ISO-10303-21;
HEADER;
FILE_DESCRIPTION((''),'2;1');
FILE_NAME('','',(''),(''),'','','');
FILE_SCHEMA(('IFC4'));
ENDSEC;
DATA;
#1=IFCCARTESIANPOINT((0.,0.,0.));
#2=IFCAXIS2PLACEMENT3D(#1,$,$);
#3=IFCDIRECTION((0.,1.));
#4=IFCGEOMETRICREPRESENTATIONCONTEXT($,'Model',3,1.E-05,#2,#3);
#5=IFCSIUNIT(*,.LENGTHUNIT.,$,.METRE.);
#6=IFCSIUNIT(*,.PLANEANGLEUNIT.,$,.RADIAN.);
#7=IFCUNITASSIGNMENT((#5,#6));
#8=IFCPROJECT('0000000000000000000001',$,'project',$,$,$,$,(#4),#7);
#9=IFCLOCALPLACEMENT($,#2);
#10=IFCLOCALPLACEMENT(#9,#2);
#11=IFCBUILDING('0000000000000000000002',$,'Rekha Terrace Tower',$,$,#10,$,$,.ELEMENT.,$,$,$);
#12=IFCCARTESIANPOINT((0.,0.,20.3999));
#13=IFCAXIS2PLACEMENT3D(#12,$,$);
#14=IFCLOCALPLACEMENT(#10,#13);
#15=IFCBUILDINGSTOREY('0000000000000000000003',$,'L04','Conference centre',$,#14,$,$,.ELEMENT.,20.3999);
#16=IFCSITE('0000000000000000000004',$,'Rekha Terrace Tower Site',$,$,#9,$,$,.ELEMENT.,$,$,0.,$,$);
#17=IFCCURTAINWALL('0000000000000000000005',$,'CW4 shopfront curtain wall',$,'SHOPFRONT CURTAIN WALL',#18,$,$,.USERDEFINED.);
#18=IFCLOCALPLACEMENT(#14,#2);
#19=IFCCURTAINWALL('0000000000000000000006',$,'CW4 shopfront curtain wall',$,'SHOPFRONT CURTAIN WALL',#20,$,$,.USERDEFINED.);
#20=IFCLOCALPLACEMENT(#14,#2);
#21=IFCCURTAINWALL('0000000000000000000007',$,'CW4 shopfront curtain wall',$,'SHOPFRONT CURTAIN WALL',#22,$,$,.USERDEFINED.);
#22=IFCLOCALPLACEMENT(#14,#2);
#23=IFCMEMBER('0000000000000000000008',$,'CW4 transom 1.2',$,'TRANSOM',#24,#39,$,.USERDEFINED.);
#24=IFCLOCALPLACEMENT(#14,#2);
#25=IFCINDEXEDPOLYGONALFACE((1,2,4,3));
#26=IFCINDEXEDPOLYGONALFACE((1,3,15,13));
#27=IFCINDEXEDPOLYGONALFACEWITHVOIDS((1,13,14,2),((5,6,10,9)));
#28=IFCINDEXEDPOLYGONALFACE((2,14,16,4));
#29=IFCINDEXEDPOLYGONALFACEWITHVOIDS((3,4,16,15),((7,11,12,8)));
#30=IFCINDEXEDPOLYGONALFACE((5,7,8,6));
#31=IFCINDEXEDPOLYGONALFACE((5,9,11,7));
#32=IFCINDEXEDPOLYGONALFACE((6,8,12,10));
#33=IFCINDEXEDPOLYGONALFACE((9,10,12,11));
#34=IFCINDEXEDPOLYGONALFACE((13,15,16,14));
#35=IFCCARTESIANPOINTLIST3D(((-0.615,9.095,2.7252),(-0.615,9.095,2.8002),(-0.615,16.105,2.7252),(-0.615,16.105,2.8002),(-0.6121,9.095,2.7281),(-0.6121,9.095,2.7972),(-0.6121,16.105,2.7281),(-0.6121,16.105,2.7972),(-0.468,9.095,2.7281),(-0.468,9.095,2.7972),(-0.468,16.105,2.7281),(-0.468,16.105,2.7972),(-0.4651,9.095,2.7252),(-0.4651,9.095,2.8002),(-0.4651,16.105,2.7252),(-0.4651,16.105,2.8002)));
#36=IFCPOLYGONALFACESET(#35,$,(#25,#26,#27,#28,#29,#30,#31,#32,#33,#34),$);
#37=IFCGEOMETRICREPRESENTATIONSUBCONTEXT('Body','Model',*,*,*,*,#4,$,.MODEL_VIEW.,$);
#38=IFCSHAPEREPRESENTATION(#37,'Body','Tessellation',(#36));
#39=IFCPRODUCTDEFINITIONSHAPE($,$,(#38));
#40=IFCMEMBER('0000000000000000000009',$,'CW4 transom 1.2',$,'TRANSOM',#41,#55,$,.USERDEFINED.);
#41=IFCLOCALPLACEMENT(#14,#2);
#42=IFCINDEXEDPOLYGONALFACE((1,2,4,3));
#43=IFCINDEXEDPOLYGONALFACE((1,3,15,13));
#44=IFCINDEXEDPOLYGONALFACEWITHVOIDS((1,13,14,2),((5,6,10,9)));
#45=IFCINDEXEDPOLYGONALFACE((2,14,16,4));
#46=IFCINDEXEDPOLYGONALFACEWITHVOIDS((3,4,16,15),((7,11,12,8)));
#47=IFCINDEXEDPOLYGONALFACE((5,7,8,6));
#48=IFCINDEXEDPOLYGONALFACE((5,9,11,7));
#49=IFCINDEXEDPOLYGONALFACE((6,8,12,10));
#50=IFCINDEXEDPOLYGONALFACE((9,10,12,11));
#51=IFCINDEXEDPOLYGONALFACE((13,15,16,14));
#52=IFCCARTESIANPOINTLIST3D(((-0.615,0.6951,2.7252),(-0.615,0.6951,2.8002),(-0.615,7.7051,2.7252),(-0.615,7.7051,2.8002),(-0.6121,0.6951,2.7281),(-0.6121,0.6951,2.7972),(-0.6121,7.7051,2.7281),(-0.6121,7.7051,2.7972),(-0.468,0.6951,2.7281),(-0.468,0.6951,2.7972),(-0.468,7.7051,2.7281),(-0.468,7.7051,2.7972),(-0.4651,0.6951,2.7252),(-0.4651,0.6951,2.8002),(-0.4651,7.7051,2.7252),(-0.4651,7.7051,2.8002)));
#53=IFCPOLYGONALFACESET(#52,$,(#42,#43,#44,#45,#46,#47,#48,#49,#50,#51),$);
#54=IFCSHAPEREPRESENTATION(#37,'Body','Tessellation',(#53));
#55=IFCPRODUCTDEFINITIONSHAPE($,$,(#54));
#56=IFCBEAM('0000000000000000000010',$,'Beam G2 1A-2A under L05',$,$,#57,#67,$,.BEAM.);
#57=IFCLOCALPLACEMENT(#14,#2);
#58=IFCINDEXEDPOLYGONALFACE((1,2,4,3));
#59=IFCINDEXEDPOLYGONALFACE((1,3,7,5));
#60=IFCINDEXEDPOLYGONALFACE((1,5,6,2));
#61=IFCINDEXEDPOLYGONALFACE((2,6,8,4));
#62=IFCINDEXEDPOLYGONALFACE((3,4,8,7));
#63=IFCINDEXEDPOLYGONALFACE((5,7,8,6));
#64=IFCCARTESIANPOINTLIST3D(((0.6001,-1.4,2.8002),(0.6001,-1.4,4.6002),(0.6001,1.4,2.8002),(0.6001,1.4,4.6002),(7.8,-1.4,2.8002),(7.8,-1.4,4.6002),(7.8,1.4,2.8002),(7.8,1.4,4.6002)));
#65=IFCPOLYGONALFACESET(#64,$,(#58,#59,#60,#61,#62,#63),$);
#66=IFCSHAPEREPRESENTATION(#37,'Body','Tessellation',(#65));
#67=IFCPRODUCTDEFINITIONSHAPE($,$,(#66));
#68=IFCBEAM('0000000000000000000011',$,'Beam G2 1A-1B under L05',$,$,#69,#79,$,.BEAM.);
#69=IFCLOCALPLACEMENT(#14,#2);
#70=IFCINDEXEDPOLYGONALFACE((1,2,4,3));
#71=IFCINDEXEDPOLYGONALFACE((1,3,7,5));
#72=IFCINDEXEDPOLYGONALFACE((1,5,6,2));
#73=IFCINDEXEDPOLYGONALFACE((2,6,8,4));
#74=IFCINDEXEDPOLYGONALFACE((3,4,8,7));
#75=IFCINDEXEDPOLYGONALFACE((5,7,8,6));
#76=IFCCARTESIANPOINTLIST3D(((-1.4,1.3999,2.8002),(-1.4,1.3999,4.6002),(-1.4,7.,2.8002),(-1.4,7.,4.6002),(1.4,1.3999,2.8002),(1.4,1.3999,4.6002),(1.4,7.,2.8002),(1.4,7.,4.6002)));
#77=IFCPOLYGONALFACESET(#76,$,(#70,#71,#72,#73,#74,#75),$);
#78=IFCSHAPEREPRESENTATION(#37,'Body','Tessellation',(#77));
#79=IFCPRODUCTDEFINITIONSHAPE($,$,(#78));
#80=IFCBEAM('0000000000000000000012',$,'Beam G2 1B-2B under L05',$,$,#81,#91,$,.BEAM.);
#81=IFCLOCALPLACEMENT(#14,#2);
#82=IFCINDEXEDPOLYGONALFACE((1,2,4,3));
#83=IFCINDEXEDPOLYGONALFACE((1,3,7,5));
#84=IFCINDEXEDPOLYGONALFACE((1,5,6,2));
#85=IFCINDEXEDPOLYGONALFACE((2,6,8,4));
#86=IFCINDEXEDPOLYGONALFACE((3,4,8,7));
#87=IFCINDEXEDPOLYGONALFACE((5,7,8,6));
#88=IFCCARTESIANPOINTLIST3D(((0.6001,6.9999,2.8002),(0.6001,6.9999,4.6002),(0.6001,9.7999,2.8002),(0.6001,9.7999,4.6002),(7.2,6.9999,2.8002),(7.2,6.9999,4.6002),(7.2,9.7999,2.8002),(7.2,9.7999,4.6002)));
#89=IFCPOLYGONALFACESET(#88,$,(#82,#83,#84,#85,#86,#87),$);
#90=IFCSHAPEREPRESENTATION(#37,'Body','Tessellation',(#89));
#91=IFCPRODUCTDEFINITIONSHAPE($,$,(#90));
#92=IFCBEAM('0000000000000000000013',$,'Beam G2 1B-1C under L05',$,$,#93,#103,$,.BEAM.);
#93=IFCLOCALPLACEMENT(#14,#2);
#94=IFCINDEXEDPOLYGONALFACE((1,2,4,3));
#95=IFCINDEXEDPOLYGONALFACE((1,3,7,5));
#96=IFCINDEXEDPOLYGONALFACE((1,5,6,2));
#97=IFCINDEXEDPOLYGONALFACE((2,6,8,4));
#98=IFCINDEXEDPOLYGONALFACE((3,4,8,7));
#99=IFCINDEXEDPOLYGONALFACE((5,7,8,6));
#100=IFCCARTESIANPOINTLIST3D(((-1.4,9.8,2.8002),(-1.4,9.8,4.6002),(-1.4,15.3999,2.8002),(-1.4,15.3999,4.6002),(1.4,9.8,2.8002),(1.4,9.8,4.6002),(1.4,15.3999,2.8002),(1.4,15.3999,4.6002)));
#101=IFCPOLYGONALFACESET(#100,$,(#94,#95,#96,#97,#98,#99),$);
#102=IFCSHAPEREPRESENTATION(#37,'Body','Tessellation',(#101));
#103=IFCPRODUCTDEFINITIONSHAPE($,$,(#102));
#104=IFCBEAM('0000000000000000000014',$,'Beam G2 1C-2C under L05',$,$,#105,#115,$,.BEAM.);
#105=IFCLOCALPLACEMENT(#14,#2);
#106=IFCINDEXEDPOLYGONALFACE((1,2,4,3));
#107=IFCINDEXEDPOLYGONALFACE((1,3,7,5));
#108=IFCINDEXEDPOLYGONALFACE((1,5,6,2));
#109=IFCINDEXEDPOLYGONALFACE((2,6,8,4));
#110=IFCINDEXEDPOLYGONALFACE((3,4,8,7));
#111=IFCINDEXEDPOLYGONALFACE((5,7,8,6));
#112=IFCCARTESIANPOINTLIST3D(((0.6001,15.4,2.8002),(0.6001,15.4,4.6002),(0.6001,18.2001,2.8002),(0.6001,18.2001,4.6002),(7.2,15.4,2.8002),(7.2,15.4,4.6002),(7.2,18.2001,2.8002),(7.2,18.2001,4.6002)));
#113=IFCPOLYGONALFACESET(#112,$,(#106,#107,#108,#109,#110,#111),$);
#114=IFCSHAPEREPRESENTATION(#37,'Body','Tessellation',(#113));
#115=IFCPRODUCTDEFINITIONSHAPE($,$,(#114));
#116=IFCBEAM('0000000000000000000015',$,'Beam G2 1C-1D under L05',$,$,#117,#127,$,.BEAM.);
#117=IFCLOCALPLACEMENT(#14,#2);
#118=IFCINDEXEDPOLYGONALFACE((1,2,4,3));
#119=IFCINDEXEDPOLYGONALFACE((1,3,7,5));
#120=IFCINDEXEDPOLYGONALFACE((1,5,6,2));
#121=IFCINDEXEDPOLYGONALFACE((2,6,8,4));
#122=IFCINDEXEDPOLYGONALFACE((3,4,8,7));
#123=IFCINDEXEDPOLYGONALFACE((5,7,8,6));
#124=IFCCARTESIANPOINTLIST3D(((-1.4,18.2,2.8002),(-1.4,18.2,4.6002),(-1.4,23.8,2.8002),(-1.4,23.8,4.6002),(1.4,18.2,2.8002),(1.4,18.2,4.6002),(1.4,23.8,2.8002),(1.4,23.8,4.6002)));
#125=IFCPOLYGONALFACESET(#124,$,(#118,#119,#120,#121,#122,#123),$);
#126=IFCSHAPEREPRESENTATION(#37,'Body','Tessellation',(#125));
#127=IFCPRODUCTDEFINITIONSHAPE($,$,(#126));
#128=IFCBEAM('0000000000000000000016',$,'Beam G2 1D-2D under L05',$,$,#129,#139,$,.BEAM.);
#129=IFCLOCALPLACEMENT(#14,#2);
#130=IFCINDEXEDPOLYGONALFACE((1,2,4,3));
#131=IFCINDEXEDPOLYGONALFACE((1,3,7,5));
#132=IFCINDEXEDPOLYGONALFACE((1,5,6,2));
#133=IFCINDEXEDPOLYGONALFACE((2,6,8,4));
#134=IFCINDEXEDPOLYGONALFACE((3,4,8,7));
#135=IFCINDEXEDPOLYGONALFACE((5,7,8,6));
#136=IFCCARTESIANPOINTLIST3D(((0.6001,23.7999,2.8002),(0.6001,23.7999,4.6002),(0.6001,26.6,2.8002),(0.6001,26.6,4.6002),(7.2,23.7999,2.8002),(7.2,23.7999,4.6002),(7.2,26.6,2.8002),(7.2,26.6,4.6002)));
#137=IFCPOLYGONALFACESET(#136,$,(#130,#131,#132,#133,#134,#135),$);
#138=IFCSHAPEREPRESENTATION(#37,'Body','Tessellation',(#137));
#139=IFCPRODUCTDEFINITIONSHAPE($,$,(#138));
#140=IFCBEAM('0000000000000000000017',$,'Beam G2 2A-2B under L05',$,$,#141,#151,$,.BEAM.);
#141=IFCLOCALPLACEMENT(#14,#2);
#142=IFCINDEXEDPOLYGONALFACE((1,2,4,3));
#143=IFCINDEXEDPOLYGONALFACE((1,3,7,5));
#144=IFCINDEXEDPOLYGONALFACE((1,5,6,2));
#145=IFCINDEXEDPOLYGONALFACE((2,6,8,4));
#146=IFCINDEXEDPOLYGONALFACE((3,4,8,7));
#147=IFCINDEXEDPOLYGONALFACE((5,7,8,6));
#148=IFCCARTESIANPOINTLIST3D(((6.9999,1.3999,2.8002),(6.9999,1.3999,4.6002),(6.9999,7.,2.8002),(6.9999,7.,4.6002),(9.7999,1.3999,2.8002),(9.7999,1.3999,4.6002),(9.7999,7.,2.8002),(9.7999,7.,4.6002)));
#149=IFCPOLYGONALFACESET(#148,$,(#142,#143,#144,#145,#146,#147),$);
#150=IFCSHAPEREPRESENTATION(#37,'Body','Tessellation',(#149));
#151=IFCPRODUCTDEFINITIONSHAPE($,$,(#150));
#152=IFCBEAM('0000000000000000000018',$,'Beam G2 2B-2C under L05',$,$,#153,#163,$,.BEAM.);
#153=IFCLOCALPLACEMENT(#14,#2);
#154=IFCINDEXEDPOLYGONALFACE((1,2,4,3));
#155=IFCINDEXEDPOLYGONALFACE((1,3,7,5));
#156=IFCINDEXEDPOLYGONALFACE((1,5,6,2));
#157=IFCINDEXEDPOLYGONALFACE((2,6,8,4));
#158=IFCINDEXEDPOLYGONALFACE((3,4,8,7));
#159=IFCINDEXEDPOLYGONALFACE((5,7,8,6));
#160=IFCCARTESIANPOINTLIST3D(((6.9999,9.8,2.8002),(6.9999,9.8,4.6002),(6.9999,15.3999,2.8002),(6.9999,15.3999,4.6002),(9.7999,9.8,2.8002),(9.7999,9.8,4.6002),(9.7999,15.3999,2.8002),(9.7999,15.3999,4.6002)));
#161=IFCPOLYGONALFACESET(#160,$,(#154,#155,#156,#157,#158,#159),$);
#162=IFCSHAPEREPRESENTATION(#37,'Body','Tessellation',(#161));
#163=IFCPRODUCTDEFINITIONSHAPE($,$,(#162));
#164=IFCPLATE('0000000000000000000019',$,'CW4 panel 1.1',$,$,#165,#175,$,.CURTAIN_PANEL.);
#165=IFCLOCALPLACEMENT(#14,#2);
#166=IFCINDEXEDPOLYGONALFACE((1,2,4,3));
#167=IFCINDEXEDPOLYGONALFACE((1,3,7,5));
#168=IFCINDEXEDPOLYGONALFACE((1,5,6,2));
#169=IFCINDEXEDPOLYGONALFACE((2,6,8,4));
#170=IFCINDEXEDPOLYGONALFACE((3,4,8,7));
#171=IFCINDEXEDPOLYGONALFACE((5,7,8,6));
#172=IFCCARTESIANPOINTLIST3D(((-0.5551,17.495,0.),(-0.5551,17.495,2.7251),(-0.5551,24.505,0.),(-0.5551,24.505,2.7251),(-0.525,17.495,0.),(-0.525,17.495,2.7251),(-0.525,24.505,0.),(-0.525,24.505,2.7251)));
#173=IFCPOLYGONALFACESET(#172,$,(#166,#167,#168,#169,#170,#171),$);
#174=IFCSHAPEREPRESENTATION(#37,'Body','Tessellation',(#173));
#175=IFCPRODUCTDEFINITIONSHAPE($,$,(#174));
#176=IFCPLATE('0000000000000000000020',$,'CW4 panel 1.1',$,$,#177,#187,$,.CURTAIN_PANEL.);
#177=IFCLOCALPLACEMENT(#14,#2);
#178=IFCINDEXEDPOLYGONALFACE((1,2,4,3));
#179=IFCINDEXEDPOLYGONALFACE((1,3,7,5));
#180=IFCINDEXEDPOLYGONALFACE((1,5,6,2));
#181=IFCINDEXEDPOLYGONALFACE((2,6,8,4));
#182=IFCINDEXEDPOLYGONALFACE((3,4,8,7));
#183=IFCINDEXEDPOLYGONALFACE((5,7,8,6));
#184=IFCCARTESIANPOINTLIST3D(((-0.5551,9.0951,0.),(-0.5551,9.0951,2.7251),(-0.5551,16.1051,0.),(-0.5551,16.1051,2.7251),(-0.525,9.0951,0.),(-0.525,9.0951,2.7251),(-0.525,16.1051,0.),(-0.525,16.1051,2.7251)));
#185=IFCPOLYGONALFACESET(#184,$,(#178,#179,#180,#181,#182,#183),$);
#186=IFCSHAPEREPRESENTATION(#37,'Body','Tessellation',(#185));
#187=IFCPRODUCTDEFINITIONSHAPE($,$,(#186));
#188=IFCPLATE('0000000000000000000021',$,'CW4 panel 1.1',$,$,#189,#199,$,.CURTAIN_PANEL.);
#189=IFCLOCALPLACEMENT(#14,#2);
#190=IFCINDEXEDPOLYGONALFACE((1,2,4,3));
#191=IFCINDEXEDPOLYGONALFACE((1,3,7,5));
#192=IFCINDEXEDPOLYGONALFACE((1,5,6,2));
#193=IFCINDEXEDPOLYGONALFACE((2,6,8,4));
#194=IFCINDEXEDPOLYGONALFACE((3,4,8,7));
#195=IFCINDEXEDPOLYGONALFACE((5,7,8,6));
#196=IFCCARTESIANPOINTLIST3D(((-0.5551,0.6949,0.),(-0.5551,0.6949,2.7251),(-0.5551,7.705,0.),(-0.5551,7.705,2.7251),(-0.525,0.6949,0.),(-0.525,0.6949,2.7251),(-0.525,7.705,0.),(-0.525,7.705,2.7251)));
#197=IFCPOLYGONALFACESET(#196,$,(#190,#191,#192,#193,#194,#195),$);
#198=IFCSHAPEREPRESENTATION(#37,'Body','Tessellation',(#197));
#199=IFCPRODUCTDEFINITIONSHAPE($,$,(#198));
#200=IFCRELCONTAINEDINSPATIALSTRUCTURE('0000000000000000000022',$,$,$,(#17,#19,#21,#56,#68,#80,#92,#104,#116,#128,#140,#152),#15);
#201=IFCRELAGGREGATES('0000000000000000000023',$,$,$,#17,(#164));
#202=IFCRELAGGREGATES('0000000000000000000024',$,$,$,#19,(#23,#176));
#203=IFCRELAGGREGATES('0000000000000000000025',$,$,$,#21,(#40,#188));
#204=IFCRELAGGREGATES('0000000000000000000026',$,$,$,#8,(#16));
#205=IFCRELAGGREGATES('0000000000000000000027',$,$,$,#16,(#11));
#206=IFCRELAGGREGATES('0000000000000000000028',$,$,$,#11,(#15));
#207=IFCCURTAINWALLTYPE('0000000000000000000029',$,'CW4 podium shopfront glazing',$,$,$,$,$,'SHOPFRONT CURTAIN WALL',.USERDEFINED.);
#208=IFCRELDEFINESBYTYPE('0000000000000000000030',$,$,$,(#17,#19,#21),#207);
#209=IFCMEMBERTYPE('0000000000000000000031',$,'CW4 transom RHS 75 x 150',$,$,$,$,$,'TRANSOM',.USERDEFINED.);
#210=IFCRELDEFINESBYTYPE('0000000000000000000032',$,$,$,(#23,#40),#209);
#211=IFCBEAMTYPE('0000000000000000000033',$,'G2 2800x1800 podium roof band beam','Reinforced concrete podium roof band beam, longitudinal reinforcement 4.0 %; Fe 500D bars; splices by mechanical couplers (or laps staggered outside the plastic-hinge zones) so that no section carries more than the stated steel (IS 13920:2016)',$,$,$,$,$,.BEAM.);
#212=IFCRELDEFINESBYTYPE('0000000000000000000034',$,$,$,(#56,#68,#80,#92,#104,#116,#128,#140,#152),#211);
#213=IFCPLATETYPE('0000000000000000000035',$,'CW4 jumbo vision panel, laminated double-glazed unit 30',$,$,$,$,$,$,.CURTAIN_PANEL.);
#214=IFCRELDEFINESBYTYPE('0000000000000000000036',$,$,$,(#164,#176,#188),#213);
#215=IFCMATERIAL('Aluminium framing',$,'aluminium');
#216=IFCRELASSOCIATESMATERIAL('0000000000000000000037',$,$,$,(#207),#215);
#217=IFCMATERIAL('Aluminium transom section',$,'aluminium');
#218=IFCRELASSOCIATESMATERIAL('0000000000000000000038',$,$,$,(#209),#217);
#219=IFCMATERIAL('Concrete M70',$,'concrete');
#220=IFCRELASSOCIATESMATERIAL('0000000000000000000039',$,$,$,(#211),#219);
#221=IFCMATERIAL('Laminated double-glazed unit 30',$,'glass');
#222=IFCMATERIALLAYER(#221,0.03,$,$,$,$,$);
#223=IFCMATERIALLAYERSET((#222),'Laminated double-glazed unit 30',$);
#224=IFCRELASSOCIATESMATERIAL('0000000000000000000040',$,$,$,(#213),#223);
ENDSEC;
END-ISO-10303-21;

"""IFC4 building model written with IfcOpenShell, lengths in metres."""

from ifc_helpers import new_model, si_unit, direction, frame, origin, origin_2d, place, context, subcontext, project, spatial, rectangle, hollow_rectangle, extrude, material, layer, layer_set, material_profile, profile_set, type_object, element, aggregate, save


model = new_model("IFC4")

# Units and contexts
model_context = context("Model", 3, precision=1e-05, world=origin(), true_north=direction((0.0, 1.0)))
body_context = subcontext(model_context, "Body", "Model", "MODEL_VIEW")
ifc_project = project(units=[si_unit("LENGTHUNIT", "METRE"), si_unit("PLANEANGLEUNIT", "RADIAN")], contexts=[model_context])

# Site, building, storey
site_placement = place(None, origin())
site = spatial("IfcSite", under=ifc_project, at=site_placement, Name="Rekha Terrace Tower Site", CompositionType="ELEMENT", RefElevation=0.0)
building_placement = place(site_placement, origin())
building = spatial("IfcBuilding", under=site, at=building_placement, Name="Rekha Terrace Tower", CompositionType="ELEMENT")
storey_placement = place(building_placement, frame((0.0, 0.0, 20.3999)))
storey = spatial("IfcBuildingStorey", under=building, at=storey_placement, Name="L04", Description="Conference centre", CompositionType="ELEMENT", Elevation=20.3999)

# Shared definitions
ifc_material_1 = material(Name="Concrete M70", Category="concrete")

# Curtain walls
ifc_material_2 = material(Name="Aluminium framing", Category="aluminium")
curtain_wall_type = type_object("IfcCurtainWallType", Name="CW4 podium shopfront glazing", ElementType="SHOPFRONT CURTAIN WALL", PredefinedType="USERDEFINED", material=ifc_material_2)
curtain_wall_1_placement = place(storey_placement, origin())
curtain_wall_1 = element("IfcCurtainWall", 1, at=curtain_wall_1_placement, inside=storey, type_object=curtain_wall_type, Name="CW4 shopfront curtain wall", ObjectType="SHOPFRONT CURTAIN WALL", PredefinedType="USERDEFINED")
curtain_wall_2_placement = place(storey_placement, origin())
curtain_wall_2 = element("IfcCurtainWall", 2, at=curtain_wall_2_placement, inside=storey, type_object=curtain_wall_type, Name="CW4 shopfront curtain wall", ObjectType="SHOPFRONT CURTAIN WALL", PredefinedType="USERDEFINED")
curtain_wall_3_placement = place(storey_placement, origin())
curtain_wall_3 = element("IfcCurtainWall", 3, at=curtain_wall_3_placement, inside=storey, type_object=curtain_wall_type, Name="CW4 shopfront curtain wall", ObjectType="SHOPFRONT CURTAIN WALL", PredefinedType="USERDEFINED")

# Members
ifc_material_3 = material(Name="Aluminium transom section", Category="aluminium")
ifc_material_profile_1 = material_profile(ifc_material_3, hollow_rectangle(XDim=0.1499, YDim=0.075, WallThickness=0.0029, at=origin_2d()), Name="AL RHS 150x75")
ifc_profile_set_1 = profile_set([ifc_material_profile_1], Name="Aluminium transom section")
member_type_1 = type_object("IfcMemberType", Name="CW4 transom RHS 75 x 150", ElementType="TRANSOM", PredefinedType="USERDEFINED", material=ifc_profile_set_1)
member_1_placement = place(storey_placement, frame((-0.54, 16.105, 2.7627), z_axis=(0.0, -1.0, 0.0), x_axis=(1.0, 0.0, 0.0)))
member_1 = element("IfcMember", 4, at=member_1_placement, type_object=member_type_1, Name="CW4 transom 1.2", ObjectType="TRANSOM", PredefinedType="USERDEFINED", context=body_context, shape_type="SweptSolid", body=[
    extrude(hollow_rectangle(XDim=0.1499, YDim=0.075, WallThickness=0.0029, at=origin_2d()), origin(), (0.0, 0.0, 1.0), 7.01),
])
member_2_placement = place(storey_placement, frame((-0.54, 7.7051, 2.7627), z_axis=(0.0, -1.0, 0.0), x_axis=(1.0, 0.0, 0.0)))
member_2 = element("IfcMember", 5, at=member_2_placement, type_object=member_type_1, Name="CW4 transom 1.2", ObjectType="TRANSOM", PredefinedType="USERDEFINED", context=body_context, shape_type="SweptSolid", body=[
    extrude(hollow_rectangle(XDim=0.1499, YDim=0.075, WallThickness=0.0029, at=origin_2d()), origin(), (0.0, 0.0, 1.0), 7.01),
])

# Beams
ifc_material_profile_2 = material_profile(ifc_material_1, rectangle(XDim=2.8, YDim=1.8, at=origin_2d()), Name="RC 2800x1800")
ifc_profile_set_2 = profile_set([ifc_material_profile_2], Name="Concrete M70")
beam_type = type_object("IfcBeamType", Name="G2 2800x1800 podium roof band beam", Description="Reinforced concrete podium roof band beam, longitudinal reinforcement 4.0 %; Fe 500D bars; splices by mechanical couplers (or laps staggered outside the plastic-hinge zones) so that no section carries more than the stated steel (IS 13920:2016)", PredefinedType="BEAM", material=ifc_profile_set_2)
beam_1_placement = place(storey_placement, frame((0.6001, 0.0, 3.7002), z_axis=(1.0, 0.0, 0.0), x_axis=(0.0, 1.0, 0.0)))
element("IfcBeam", 6, at=beam_1_placement, inside=storey, type_object=beam_type, Name="Beam G2 1A-2A under L05", PredefinedType="BEAM", context=body_context, shape_type="SweptSolid", body=[
    extrude(rectangle(XDim=2.8, YDim=1.8, at=origin_2d()), origin(), (0.0, 0.0, 1.0), 7.2),
])
beam_2_placement = place(storey_placement, frame((0.0, 1.3999, 3.7002), z_axis=(0.0, 1.0, 0.0), x_axis=(-1.0, 0.0, 0.0)))
element("IfcBeam", 7, at=beam_2_placement, inside=storey, type_object=beam_type, Name="Beam G2 1A-1B under L05", PredefinedType="BEAM", context=body_context, shape_type="SweptSolid", body=[
    extrude(rectangle(XDim=2.8, YDim=1.8, at=origin_2d()), origin(), (0.0, 0.0, 1.0), 5.6001),
])
beam_3_placement = place(storey_placement, frame((0.6001, 8.3999, 3.7002), z_axis=(1.0, 0.0, 0.0), x_axis=(0.0, 1.0, 0.0)))
element("IfcBeam", 8, at=beam_3_placement, inside=storey, type_object=beam_type, Name="Beam G2 1B-2B under L05", PredefinedType="BEAM", context=body_context, shape_type="SweptSolid", body=[
    extrude(rectangle(XDim=2.8, YDim=1.8, at=origin_2d()), origin(), (0.0, 0.0, 1.0), 6.5999),
])
beam_4_placement = place(storey_placement, frame((0.0, 9.8, 3.7002), z_axis=(0.0, 1.0, 0.0), x_axis=(-1.0, 0.0, 0.0)))
element("IfcBeam", 9, at=beam_4_placement, inside=storey, type_object=beam_type, Name="Beam G2 1B-1C under L05", PredefinedType="BEAM", context=body_context, shape_type="SweptSolid", body=[
    extrude(rectangle(XDim=2.8, YDim=1.8, at=origin_2d()), origin(), (0.0, 0.0, 1.0), 5.5999),
])
beam_5_placement = place(storey_placement, frame((0.6001, 16.8, 3.7002), z_axis=(1.0, 0.0, 0.0), x_axis=(0.0, 1.0, 0.0)))
element("IfcBeam", 10, at=beam_5_placement, inside=storey, type_object=beam_type, Name="Beam G2 1C-2C under L05", PredefinedType="BEAM", context=body_context, shape_type="SweptSolid", body=[
    extrude(rectangle(XDim=2.8, YDim=1.8, at=origin_2d()), origin(), (0.0, 0.0, 1.0), 6.5999),
])
beam_6_placement = place(storey_placement, frame((0.0, 18.2, 3.7002), z_axis=(0.0, 1.0, 0.0), x_axis=(-1.0, 0.0, 0.0)))
element("IfcBeam", 11, at=beam_6_placement, inside=storey, type_object=beam_type, Name="Beam G2 1C-1D under L05", PredefinedType="BEAM", context=body_context, shape_type="SweptSolid", body=[
    extrude(rectangle(XDim=2.8, YDim=1.8, at=origin_2d()), origin(), (0.0, 0.0, 1.0), 5.6001),
])
beam_7_placement = place(storey_placement, frame((0.6001, 25.2, 3.7002), z_axis=(1.0, 0.0, 0.0), x_axis=(0.0, 1.0, 0.0)))
element("IfcBeam", 12, at=beam_7_placement, inside=storey, type_object=beam_type, Name="Beam G2 1D-2D under L05", PredefinedType="BEAM", context=body_context, shape_type="SweptSolid", body=[
    extrude(rectangle(XDim=2.8, YDim=1.8, at=origin_2d()), origin(), (0.0, 0.0, 1.0), 6.5999),
])
beam_8_placement = place(storey_placement, frame((8.3999, 1.3999, 3.7002), z_axis=(0.0, 1.0, 0.0), x_axis=(-1.0, 0.0, 0.0)))
element("IfcBeam", 13, at=beam_8_placement, inside=storey, type_object=beam_type, Name="Beam G2 2A-2B under L05", PredefinedType="BEAM", context=body_context, shape_type="SweptSolid", body=[
    extrude(rectangle(XDim=2.8, YDim=1.8, at=origin_2d()), origin(), (0.0, 0.0, 1.0), 5.6001),
])
beam_9_placement = place(storey_placement, frame((8.3999, 9.8, 3.7002), z_axis=(0.0, 1.0, 0.0), x_axis=(-1.0, 0.0, 0.0)))
element("IfcBeam", 14, at=beam_9_placement, inside=storey, type_object=beam_type, Name="Beam G2 2B-2C under L05", PredefinedType="BEAM", context=body_context, shape_type="SweptSolid", body=[
    extrude(rectangle(XDim=2.8, YDim=1.8, at=origin_2d()), origin(), (0.0, 0.0, 1.0), 5.5999),
])

# Plates
ifc_material_4 = material(Name="Laminated double-glazed unit 30", Category="glass")
ifc_layer_1 = layer(ifc_material_4, 0.03)
ifc_layer_set_1 = layer_set([ifc_layer_1], Name="Laminated double-glazed unit 30")
plate_type = type_object("IfcPlateType", Name="CW4 jumbo vision panel, laminated double-glazed unit 30", PredefinedType="CURTAIN_PANEL", material=ifc_layer_set_1)
plate_1_placement = place(storey_placement, frame((-0.54, 21.0, 0.0), z_axis=(0.0, 0.0, 1.0), x_axis=(0.0, -1.0, 0.0)))
plate_1 = element("IfcPlate", 15, at=plate_1_placement, type_object=plate_type, Name="CW4 panel 1.1", PredefinedType="CURTAIN_PANEL", context=body_context, shape_type="SweptSolid", body=[
    extrude(rectangle(XDim=7.01, YDim=0.03, at=origin_2d()), origin(), (0.0, 0.0, 1.0), 2.7251),
])
aggregate(curtain_wall_1, [plate_1])
plate_2_placement = place(storey_placement, frame((-0.54, 12.6001, 0.0), z_axis=(0.0, 0.0, 1.0), x_axis=(0.0, -1.0, 0.0)))
plate_2 = element("IfcPlate", 16, at=plate_2_placement, type_object=plate_type, Name="CW4 panel 1.1", PredefinedType="CURTAIN_PANEL", context=body_context, shape_type="SweptSolid", body=[
    extrude(rectangle(XDim=7.01, YDim=0.03, at=origin_2d()), origin(), (0.0, 0.0, 1.0), 2.7251),
])
aggregate(curtain_wall_2, [member_1, plate_2])
plate_3_placement = place(storey_placement, frame((-0.54, 4.2, 0.0), z_axis=(0.0, 0.0, 1.0), x_axis=(0.0, -1.0, 0.0)))
plate_3 = element("IfcPlate", 17, at=plate_3_placement, type_object=plate_type, Name="CW4 panel 1.1", PredefinedType="CURTAIN_PANEL", context=body_context, shape_type="SweptSolid", body=[
    extrude(rectangle(XDim=7.01, YDim=0.03, at=origin_2d()), origin(), (0.0, 0.0, 1.0), 2.7251),
])
aggregate(curtain_wall_3, [member_2, plate_3])

save(model, "model.ifc")
